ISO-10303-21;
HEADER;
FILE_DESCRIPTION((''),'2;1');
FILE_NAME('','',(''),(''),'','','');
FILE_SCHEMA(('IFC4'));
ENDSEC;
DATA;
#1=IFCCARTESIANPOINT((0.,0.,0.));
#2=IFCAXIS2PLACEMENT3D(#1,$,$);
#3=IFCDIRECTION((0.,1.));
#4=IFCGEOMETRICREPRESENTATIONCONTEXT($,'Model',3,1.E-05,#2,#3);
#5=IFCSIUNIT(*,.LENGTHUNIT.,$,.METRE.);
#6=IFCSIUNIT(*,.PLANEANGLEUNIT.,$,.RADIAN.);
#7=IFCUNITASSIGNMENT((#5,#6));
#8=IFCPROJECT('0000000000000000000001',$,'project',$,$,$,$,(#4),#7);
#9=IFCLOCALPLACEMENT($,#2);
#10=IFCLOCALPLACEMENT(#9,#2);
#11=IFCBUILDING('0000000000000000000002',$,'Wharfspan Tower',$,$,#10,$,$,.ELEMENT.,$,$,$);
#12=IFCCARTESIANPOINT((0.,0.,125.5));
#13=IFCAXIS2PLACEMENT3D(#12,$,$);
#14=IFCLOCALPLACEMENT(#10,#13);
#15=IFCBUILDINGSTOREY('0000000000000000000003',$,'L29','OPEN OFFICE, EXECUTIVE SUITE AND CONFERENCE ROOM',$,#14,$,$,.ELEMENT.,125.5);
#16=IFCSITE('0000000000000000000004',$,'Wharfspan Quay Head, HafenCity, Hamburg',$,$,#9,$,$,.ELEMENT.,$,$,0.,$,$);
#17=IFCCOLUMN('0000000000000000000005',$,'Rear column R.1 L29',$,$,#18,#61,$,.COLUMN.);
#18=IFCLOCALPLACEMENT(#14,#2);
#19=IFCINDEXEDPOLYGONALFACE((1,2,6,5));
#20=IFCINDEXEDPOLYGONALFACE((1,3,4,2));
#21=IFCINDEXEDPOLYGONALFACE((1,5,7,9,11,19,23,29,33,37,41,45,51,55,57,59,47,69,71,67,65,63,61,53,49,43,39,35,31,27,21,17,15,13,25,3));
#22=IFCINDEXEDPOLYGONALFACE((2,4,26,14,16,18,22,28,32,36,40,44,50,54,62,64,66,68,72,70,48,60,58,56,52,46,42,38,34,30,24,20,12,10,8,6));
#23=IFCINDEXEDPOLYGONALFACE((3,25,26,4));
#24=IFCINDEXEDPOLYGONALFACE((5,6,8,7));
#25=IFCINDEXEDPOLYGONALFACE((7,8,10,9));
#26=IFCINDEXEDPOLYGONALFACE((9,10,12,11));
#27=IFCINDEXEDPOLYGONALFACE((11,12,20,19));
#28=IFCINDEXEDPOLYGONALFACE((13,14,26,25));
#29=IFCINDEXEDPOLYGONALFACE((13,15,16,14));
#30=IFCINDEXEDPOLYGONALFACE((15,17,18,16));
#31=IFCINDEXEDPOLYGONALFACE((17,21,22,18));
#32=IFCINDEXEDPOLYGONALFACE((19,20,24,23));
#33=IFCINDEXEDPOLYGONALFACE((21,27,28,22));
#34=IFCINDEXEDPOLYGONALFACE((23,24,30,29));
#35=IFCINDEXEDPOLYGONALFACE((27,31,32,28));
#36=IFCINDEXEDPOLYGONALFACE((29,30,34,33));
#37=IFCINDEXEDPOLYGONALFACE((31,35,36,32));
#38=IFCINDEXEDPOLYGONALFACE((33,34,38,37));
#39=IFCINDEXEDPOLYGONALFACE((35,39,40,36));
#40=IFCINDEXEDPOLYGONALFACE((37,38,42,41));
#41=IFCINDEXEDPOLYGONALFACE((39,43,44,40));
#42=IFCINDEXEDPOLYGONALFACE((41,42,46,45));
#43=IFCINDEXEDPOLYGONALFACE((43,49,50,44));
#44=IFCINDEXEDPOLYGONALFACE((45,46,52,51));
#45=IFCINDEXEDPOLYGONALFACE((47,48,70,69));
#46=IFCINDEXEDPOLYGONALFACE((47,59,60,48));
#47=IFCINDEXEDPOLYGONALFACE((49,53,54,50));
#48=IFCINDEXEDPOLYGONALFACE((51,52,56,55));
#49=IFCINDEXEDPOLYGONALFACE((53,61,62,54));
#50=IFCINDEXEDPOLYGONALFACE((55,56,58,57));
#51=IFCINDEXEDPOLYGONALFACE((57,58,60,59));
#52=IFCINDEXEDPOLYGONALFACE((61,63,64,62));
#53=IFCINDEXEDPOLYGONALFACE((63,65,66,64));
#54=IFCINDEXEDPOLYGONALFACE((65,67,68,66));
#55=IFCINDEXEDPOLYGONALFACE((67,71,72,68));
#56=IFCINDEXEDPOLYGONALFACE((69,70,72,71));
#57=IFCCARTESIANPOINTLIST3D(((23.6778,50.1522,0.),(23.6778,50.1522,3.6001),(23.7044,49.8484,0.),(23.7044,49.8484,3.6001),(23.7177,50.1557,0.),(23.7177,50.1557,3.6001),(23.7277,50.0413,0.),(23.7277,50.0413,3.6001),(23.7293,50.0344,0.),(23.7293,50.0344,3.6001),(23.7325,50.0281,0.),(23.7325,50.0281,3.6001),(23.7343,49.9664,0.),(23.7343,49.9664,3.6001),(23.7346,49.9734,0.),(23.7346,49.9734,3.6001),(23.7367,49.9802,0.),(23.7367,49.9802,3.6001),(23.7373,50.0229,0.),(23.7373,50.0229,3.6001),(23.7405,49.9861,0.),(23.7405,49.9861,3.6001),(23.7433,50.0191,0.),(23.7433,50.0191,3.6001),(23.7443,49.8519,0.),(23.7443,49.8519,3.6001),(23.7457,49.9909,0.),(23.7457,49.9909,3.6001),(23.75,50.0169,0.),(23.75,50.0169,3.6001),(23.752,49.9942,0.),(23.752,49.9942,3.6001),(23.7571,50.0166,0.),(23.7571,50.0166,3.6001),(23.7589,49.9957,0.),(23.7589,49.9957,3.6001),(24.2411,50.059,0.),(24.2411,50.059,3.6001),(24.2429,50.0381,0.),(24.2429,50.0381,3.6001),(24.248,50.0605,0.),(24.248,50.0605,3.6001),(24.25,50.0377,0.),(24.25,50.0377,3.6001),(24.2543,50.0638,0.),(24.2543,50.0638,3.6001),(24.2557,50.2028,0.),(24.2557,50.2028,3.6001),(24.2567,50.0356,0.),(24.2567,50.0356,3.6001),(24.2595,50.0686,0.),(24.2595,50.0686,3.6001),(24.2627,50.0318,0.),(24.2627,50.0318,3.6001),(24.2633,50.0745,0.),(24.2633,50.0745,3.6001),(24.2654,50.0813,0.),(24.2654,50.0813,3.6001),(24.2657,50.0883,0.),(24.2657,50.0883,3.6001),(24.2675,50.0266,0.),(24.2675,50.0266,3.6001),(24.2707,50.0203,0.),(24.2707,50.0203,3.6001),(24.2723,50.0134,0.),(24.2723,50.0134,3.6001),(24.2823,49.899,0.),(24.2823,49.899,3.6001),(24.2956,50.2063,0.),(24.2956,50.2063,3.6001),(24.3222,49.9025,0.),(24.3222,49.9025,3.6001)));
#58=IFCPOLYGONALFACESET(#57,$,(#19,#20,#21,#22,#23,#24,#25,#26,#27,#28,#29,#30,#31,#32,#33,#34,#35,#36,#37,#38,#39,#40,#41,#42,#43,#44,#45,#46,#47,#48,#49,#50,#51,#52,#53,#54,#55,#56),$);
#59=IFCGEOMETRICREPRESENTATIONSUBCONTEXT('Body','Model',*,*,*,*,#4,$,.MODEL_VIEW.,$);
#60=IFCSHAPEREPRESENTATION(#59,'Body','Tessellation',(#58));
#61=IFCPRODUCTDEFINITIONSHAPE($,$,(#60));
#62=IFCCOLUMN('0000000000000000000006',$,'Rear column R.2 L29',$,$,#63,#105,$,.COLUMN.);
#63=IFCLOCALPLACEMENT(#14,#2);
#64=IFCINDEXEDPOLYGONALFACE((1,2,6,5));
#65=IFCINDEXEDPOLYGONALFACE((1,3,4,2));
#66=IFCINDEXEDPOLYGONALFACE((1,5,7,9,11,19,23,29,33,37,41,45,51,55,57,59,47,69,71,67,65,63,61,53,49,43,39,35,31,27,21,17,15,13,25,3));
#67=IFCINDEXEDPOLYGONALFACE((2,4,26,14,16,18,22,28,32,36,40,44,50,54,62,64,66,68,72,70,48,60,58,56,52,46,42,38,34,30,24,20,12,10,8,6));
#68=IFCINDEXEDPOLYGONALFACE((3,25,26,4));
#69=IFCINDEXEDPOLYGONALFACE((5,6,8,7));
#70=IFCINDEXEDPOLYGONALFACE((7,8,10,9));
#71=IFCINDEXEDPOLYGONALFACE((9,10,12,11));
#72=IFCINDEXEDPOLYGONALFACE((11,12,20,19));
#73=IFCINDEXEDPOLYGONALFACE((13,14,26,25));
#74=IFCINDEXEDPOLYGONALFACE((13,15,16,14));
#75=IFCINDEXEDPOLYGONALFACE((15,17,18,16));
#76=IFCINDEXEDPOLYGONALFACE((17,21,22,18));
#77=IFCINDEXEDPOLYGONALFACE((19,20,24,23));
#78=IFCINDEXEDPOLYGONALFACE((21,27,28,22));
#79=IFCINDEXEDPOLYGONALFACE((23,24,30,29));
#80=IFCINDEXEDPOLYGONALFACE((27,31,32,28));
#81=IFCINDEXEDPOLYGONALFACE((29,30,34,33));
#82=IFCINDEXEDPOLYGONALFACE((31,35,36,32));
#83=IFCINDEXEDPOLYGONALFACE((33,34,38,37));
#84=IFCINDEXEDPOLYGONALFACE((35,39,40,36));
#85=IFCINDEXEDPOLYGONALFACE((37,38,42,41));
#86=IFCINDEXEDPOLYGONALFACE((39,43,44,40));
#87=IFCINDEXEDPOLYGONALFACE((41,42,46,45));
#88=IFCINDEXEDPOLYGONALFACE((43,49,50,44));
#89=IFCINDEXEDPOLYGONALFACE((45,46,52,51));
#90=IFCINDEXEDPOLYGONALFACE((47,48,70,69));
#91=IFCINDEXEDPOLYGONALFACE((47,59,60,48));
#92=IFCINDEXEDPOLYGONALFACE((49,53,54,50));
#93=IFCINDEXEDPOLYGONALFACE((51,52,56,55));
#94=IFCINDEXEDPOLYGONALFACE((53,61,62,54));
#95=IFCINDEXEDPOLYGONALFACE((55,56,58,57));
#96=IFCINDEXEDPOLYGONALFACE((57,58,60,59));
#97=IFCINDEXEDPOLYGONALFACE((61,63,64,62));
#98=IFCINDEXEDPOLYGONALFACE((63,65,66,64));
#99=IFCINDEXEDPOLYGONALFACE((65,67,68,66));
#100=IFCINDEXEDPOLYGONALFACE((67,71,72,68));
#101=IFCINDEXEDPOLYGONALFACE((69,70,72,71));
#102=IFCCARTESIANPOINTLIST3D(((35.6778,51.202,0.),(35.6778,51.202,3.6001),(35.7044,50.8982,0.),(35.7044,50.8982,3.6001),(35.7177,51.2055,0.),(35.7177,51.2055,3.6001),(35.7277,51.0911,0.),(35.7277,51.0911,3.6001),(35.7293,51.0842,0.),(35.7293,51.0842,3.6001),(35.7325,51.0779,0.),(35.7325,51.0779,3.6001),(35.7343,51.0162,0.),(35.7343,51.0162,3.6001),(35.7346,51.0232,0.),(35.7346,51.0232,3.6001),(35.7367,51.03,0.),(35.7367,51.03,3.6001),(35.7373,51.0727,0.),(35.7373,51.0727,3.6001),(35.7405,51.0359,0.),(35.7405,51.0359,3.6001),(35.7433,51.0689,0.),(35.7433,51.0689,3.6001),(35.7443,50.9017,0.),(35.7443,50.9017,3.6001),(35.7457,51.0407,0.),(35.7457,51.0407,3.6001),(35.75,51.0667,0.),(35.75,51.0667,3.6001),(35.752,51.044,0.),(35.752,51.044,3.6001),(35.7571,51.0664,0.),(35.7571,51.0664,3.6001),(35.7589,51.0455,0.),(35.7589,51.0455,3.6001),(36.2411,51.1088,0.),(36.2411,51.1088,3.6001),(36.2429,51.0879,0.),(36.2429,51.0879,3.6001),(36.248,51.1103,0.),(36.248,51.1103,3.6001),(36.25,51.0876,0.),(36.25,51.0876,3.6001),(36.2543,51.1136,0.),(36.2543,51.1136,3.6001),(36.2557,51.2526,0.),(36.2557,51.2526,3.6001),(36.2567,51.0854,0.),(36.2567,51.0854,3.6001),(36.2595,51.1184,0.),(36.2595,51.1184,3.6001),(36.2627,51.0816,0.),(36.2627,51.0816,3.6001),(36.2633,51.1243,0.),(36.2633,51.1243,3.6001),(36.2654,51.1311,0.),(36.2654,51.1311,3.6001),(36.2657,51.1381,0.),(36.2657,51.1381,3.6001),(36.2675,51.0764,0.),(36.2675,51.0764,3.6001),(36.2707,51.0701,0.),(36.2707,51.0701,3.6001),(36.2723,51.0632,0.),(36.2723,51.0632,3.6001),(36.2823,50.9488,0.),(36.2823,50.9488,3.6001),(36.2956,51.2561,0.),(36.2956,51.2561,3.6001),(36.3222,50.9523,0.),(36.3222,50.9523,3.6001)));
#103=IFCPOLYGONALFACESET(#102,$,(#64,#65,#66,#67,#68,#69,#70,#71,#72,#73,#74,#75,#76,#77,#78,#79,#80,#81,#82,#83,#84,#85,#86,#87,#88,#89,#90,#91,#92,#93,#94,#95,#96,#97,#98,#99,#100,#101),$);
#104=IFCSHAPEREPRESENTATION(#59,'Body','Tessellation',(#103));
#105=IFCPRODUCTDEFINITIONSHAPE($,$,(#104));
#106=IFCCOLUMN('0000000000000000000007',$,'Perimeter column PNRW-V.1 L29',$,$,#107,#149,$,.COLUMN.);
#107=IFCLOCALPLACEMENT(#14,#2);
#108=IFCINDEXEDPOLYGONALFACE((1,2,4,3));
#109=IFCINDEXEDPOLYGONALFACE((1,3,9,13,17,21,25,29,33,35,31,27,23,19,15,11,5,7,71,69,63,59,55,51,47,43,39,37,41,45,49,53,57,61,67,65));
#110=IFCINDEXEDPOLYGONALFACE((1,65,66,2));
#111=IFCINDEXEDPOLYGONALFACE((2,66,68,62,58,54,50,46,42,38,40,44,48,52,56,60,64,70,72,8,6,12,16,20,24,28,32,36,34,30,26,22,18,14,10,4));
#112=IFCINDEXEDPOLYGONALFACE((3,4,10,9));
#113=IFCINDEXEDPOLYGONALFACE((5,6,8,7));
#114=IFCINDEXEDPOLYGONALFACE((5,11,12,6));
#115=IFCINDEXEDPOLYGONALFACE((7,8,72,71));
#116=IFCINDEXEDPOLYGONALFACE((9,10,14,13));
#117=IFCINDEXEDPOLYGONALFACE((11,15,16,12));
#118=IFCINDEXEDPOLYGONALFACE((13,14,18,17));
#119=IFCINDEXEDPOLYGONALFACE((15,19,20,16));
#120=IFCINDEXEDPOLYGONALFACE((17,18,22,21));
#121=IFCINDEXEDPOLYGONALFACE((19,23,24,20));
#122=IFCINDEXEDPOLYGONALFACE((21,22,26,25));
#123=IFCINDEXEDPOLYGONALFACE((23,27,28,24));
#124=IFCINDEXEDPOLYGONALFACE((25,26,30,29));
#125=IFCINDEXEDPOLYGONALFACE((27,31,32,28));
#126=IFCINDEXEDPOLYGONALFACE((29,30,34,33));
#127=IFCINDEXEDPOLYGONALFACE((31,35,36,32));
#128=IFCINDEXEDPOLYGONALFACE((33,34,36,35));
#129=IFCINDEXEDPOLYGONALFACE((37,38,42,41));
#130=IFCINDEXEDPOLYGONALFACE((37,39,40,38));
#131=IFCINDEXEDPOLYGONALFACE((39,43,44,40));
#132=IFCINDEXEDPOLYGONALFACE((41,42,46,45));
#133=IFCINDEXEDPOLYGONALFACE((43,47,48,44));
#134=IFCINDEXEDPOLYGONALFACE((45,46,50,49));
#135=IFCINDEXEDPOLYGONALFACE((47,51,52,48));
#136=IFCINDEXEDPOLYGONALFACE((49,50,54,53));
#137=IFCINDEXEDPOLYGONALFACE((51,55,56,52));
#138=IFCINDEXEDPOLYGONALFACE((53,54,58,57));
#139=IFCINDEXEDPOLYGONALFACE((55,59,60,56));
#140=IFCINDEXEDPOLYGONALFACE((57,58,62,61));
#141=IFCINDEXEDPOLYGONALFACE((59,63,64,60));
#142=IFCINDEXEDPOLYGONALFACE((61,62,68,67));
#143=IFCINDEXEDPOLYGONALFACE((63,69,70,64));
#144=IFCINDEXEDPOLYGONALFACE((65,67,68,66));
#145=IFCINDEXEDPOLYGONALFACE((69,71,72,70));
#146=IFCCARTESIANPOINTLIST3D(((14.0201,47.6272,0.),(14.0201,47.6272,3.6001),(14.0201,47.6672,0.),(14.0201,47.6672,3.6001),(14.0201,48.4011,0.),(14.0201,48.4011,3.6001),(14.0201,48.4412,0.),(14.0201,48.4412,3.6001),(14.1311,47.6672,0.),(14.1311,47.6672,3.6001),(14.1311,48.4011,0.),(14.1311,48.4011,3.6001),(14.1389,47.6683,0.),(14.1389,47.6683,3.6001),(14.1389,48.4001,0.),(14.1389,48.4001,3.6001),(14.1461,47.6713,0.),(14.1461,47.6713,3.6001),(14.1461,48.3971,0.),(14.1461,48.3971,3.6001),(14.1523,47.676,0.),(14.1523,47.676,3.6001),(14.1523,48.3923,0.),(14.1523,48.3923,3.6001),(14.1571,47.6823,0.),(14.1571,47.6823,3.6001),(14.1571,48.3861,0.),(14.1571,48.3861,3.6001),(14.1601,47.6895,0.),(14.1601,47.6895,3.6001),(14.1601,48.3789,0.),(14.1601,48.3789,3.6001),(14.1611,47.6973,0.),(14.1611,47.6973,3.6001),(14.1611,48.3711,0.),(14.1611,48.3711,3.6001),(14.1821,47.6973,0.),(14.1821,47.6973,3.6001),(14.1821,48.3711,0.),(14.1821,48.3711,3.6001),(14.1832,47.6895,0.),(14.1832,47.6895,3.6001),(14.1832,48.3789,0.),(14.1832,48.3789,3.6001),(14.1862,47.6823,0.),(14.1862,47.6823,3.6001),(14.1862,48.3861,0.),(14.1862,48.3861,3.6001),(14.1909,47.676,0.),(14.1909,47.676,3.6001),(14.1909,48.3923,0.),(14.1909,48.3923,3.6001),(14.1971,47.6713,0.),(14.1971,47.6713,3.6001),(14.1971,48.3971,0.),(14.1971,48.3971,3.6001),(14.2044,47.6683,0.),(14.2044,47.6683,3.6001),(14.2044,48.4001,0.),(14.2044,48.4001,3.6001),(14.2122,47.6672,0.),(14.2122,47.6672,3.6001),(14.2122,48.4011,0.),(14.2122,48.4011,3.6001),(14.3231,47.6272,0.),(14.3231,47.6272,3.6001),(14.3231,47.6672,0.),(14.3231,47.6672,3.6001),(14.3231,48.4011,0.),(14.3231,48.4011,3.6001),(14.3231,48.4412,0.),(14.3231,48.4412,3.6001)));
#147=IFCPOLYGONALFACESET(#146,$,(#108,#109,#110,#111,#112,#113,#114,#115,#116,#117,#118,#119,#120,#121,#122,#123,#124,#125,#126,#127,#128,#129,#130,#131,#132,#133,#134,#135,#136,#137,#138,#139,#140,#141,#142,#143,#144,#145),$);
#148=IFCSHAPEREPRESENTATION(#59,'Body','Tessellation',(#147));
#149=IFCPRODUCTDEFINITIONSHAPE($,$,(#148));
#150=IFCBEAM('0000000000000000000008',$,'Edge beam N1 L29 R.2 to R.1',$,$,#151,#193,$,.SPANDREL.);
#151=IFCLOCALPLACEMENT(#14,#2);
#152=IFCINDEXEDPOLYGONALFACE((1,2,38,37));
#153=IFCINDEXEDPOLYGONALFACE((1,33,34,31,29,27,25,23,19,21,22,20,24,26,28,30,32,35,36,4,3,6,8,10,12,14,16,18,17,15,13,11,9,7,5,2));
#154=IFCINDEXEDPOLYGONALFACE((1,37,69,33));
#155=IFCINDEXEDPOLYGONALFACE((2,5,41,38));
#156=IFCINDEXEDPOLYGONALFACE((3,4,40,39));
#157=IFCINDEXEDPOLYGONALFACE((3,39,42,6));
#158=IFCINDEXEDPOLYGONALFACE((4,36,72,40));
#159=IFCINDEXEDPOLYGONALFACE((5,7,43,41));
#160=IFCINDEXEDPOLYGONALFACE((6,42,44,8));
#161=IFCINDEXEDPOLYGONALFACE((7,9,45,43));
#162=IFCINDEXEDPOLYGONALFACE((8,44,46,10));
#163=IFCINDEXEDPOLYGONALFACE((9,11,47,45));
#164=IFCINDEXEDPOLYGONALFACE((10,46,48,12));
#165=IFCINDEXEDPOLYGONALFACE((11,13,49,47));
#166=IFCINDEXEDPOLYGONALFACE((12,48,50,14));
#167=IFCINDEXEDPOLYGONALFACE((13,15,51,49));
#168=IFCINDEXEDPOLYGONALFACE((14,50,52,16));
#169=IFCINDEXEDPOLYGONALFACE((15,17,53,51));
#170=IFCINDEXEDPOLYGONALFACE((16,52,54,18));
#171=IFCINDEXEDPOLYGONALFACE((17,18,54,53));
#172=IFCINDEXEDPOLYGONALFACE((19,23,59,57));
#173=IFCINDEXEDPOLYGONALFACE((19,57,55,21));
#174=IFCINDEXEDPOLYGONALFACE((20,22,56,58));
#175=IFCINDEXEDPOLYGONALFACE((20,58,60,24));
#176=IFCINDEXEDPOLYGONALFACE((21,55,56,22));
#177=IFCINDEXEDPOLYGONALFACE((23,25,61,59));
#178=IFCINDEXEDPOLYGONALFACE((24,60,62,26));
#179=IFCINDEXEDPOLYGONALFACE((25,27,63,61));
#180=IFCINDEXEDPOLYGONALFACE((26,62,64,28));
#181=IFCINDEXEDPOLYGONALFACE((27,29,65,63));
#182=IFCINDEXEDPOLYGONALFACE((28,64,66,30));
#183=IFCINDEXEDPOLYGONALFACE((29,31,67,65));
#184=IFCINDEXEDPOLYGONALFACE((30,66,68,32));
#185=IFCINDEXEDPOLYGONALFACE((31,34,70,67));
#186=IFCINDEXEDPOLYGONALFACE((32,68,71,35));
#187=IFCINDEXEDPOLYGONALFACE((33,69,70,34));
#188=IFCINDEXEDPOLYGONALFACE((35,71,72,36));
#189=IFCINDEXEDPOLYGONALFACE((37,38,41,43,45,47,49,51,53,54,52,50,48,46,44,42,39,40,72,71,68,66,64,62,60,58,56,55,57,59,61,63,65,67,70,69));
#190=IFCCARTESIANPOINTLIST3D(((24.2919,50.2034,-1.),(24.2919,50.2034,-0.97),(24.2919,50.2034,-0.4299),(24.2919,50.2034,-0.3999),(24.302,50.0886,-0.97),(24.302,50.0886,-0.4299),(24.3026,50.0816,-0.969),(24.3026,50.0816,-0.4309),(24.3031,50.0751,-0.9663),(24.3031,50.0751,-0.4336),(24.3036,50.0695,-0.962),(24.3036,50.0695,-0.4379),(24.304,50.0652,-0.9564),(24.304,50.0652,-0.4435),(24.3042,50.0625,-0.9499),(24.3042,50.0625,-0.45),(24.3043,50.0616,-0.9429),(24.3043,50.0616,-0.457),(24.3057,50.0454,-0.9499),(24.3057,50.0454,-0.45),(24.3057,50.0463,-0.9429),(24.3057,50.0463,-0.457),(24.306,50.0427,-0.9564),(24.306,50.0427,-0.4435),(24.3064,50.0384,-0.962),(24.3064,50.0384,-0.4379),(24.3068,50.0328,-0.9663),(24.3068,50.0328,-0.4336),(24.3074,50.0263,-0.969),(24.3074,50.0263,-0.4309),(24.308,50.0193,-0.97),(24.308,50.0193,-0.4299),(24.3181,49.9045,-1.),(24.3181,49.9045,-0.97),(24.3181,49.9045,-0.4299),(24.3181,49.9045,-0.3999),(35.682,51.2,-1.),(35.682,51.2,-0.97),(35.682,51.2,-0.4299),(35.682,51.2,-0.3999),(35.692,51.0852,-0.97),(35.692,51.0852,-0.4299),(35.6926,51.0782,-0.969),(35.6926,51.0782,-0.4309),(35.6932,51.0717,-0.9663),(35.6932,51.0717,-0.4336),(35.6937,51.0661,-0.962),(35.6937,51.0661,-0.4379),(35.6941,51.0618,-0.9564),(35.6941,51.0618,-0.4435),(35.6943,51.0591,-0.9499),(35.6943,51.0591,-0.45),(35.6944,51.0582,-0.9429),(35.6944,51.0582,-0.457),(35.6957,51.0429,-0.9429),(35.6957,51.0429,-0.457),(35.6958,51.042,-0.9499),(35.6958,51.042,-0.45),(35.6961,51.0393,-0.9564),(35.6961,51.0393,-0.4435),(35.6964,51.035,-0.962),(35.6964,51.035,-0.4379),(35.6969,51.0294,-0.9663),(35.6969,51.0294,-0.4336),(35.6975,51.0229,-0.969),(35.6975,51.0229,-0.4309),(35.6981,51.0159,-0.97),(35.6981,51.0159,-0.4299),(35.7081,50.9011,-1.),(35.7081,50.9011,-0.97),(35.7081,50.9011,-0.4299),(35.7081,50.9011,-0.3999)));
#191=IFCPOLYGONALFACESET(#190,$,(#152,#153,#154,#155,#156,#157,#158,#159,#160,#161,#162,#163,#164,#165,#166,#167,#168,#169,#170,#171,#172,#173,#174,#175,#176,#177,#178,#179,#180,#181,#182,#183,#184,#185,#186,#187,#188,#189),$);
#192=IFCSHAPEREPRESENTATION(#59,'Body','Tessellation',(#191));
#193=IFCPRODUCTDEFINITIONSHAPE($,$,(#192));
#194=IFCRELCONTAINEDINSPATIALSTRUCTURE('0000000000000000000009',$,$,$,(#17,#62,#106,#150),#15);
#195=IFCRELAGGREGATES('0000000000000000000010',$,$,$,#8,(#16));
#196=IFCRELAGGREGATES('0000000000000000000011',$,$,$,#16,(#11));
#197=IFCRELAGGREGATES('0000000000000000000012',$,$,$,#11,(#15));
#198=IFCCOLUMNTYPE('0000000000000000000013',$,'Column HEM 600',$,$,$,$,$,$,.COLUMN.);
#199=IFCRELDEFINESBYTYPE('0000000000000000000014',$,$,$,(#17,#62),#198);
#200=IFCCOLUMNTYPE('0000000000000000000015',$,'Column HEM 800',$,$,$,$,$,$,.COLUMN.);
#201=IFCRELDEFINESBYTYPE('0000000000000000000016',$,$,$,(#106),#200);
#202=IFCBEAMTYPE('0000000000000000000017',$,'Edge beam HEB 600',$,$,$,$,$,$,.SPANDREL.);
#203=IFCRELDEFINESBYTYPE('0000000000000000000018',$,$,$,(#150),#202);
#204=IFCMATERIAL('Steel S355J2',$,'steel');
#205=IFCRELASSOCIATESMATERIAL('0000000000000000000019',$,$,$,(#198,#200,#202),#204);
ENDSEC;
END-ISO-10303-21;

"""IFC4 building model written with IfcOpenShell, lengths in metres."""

from ifc_helpers import new_model, si_unit, direction, frame, origin, origin_2d, place, context, subcontext, project, spatial, i_section, extrude, material, material_profile, profile_set, type_object, element, save


model = new_model("IFC4")

# Units and contexts
model_context = context("Model", 3, precision=1e-05, world=origin(), true_north=direction((0.0, 1.0)))
body_context = subcontext(model_context, "Body", "Model", "MODEL_VIEW")
ifc_project = project(units=[si_unit("LENGTHUNIT", "METRE"), si_unit("PLANEANGLEUNIT", "RADIAN")], contexts=[model_context])

# Site, building, storey
site_placement = place(None, origin())
site = spatial("IfcSite", under=ifc_project, at=site_placement, Name="Wharfspan Quay Head, HafenCity, Hamburg", CompositionType="ELEMENT", RefElevation=0.0)
building_placement = place(site_placement, origin())
building = spatial("IfcBuilding", under=site, at=building_placement, Name="Wharfspan Tower", CompositionType="ELEMENT")
storey_placement = place(building_placement, frame((0.0, 0.0, 125.5)))
storey = spatial("IfcBuildingStorey", under=building, at=storey_placement, Name="L29", Description="OPEN OFFICE, EXECUTIVE SUITE AND CONFERENCE ROOM", CompositionType="ELEMENT", Elevation=125.5)

# Columns
ifc_material_1 = material(Name="Steel S355J2", Category="steel")
ifc_material_profile_1 = material_profile(ifc_material_1, i_section(OverallWidth=0.3049, OverallDepth=0.6201, WebThickness=0.021, FlangeThickness=0.04, FilletRadius=0.0271, at=origin_2d()))
ifc_profile_set_1 = profile_set([ifc_material_profile_1], Name="Steel S355J2")
column_type_1 = type_object("IfcColumnType", Name="Column HEM 600", PredefinedType="COLUMN", material=ifc_profile_set_1)
for number, where, z_axis, x_axis, name in (
    (1, (24.0, 50.0273, 0.0), (0.0, 0.0, 1.0), (-0.087156, 0.996198, 0.0), "Rear column R.1 L29"),
    (2, (36.0, 51.0771, 0.0), (0.0, 0.0, 1.0), (-0.087156, 0.996198, 0.0), "Rear column R.2 L29"),
):
    element("IfcColumn", number, at=place(storey_placement, frame(where, z_axis=z_axis, x_axis=x_axis)), inside=storey, type_object=column_type_1, Name=name, PredefinedType="COLUMN", context=body_context, shape_type="SweptSolid", body=[
        extrude(i_section(OverallWidth=0.3049, OverallDepth=0.6201, WebThickness=0.021, FlangeThickness=0.04, FilletRadius=0.0271, at=origin_2d()), origin(), (0.0, 0.0, 1.0), 3.6001),
    ])
ifc_material_profile_2 = material_profile(ifc_material_1, i_section(OverallWidth=0.303, OverallDepth=0.814, WebThickness=0.021, FlangeThickness=0.04, FilletRadius=0.03, at=origin_2d()))
ifc_profile_set_2 = profile_set([ifc_material_profile_2], Name="Steel S355J2")
column_type_2 = type_object("IfcColumnType", Name="Column HEM 800", PredefinedType="COLUMN", material=ifc_profile_set_2)
column_placement = place(storey_placement, frame((14.1716, 48.0342, 0.0), z_axis=(0.0, 0.0, 1.0), x_axis=(-1.0, 0.0, 0.0)))
element("IfcColumn", 3, at=column_placement, inside=storey, type_object=column_type_2, Name="Perimeter column PNRW-V.1 L29", PredefinedType="COLUMN", context=body_context, shape_type="SweptSolid", body=[
    extrude(i_section(OverallWidth=0.303, OverallDepth=0.814, WebThickness=0.021, FlangeThickness=0.04, FilletRadius=0.03, at=origin_2d()), origin(), (0.0, 0.0, 1.0), 3.6001),
])

# Beam
ifc_material_profile_3 = material_profile(ifc_material_1, i_section(OverallWidth=0.3, OverallDepth=0.6001, WebThickness=0.0154, FlangeThickness=0.03, FilletRadius=0.0271, at=origin_2d()))
ifc_profile_set_3 = profile_set([ifc_material_profile_3], Name="Steel S355J2")
beam_type = type_object("IfcBeamType", Name="Edge beam HEB 600", PredefinedType="SPANDREL", material=ifc_profile_set_3)
beam_placement = place(storey_placement, frame((35.6951, 51.0505, -0.7), z_axis=(-0.996194, -0.087162, 0.0), x_axis=(0.087162, -0.996194, 0.0)))
element("IfcBeam", 4, at=beam_placement, inside=storey, type_object=beam_type, Name="Edge beam N1 L29 R.2 to R.1", PredefinedType="SPANDREL", context=body_context, shape_type="SweptSolid", body=[
    extrude(i_section(OverallWidth=0.3, OverallDepth=0.6001, WebThickness=0.0154, FlangeThickness=0.03, FilletRadius=0.0271, at=origin_2d()), origin(), (0.0, 0.0, 1.0), 11.4336),
])

save(model, "model.ifc")
